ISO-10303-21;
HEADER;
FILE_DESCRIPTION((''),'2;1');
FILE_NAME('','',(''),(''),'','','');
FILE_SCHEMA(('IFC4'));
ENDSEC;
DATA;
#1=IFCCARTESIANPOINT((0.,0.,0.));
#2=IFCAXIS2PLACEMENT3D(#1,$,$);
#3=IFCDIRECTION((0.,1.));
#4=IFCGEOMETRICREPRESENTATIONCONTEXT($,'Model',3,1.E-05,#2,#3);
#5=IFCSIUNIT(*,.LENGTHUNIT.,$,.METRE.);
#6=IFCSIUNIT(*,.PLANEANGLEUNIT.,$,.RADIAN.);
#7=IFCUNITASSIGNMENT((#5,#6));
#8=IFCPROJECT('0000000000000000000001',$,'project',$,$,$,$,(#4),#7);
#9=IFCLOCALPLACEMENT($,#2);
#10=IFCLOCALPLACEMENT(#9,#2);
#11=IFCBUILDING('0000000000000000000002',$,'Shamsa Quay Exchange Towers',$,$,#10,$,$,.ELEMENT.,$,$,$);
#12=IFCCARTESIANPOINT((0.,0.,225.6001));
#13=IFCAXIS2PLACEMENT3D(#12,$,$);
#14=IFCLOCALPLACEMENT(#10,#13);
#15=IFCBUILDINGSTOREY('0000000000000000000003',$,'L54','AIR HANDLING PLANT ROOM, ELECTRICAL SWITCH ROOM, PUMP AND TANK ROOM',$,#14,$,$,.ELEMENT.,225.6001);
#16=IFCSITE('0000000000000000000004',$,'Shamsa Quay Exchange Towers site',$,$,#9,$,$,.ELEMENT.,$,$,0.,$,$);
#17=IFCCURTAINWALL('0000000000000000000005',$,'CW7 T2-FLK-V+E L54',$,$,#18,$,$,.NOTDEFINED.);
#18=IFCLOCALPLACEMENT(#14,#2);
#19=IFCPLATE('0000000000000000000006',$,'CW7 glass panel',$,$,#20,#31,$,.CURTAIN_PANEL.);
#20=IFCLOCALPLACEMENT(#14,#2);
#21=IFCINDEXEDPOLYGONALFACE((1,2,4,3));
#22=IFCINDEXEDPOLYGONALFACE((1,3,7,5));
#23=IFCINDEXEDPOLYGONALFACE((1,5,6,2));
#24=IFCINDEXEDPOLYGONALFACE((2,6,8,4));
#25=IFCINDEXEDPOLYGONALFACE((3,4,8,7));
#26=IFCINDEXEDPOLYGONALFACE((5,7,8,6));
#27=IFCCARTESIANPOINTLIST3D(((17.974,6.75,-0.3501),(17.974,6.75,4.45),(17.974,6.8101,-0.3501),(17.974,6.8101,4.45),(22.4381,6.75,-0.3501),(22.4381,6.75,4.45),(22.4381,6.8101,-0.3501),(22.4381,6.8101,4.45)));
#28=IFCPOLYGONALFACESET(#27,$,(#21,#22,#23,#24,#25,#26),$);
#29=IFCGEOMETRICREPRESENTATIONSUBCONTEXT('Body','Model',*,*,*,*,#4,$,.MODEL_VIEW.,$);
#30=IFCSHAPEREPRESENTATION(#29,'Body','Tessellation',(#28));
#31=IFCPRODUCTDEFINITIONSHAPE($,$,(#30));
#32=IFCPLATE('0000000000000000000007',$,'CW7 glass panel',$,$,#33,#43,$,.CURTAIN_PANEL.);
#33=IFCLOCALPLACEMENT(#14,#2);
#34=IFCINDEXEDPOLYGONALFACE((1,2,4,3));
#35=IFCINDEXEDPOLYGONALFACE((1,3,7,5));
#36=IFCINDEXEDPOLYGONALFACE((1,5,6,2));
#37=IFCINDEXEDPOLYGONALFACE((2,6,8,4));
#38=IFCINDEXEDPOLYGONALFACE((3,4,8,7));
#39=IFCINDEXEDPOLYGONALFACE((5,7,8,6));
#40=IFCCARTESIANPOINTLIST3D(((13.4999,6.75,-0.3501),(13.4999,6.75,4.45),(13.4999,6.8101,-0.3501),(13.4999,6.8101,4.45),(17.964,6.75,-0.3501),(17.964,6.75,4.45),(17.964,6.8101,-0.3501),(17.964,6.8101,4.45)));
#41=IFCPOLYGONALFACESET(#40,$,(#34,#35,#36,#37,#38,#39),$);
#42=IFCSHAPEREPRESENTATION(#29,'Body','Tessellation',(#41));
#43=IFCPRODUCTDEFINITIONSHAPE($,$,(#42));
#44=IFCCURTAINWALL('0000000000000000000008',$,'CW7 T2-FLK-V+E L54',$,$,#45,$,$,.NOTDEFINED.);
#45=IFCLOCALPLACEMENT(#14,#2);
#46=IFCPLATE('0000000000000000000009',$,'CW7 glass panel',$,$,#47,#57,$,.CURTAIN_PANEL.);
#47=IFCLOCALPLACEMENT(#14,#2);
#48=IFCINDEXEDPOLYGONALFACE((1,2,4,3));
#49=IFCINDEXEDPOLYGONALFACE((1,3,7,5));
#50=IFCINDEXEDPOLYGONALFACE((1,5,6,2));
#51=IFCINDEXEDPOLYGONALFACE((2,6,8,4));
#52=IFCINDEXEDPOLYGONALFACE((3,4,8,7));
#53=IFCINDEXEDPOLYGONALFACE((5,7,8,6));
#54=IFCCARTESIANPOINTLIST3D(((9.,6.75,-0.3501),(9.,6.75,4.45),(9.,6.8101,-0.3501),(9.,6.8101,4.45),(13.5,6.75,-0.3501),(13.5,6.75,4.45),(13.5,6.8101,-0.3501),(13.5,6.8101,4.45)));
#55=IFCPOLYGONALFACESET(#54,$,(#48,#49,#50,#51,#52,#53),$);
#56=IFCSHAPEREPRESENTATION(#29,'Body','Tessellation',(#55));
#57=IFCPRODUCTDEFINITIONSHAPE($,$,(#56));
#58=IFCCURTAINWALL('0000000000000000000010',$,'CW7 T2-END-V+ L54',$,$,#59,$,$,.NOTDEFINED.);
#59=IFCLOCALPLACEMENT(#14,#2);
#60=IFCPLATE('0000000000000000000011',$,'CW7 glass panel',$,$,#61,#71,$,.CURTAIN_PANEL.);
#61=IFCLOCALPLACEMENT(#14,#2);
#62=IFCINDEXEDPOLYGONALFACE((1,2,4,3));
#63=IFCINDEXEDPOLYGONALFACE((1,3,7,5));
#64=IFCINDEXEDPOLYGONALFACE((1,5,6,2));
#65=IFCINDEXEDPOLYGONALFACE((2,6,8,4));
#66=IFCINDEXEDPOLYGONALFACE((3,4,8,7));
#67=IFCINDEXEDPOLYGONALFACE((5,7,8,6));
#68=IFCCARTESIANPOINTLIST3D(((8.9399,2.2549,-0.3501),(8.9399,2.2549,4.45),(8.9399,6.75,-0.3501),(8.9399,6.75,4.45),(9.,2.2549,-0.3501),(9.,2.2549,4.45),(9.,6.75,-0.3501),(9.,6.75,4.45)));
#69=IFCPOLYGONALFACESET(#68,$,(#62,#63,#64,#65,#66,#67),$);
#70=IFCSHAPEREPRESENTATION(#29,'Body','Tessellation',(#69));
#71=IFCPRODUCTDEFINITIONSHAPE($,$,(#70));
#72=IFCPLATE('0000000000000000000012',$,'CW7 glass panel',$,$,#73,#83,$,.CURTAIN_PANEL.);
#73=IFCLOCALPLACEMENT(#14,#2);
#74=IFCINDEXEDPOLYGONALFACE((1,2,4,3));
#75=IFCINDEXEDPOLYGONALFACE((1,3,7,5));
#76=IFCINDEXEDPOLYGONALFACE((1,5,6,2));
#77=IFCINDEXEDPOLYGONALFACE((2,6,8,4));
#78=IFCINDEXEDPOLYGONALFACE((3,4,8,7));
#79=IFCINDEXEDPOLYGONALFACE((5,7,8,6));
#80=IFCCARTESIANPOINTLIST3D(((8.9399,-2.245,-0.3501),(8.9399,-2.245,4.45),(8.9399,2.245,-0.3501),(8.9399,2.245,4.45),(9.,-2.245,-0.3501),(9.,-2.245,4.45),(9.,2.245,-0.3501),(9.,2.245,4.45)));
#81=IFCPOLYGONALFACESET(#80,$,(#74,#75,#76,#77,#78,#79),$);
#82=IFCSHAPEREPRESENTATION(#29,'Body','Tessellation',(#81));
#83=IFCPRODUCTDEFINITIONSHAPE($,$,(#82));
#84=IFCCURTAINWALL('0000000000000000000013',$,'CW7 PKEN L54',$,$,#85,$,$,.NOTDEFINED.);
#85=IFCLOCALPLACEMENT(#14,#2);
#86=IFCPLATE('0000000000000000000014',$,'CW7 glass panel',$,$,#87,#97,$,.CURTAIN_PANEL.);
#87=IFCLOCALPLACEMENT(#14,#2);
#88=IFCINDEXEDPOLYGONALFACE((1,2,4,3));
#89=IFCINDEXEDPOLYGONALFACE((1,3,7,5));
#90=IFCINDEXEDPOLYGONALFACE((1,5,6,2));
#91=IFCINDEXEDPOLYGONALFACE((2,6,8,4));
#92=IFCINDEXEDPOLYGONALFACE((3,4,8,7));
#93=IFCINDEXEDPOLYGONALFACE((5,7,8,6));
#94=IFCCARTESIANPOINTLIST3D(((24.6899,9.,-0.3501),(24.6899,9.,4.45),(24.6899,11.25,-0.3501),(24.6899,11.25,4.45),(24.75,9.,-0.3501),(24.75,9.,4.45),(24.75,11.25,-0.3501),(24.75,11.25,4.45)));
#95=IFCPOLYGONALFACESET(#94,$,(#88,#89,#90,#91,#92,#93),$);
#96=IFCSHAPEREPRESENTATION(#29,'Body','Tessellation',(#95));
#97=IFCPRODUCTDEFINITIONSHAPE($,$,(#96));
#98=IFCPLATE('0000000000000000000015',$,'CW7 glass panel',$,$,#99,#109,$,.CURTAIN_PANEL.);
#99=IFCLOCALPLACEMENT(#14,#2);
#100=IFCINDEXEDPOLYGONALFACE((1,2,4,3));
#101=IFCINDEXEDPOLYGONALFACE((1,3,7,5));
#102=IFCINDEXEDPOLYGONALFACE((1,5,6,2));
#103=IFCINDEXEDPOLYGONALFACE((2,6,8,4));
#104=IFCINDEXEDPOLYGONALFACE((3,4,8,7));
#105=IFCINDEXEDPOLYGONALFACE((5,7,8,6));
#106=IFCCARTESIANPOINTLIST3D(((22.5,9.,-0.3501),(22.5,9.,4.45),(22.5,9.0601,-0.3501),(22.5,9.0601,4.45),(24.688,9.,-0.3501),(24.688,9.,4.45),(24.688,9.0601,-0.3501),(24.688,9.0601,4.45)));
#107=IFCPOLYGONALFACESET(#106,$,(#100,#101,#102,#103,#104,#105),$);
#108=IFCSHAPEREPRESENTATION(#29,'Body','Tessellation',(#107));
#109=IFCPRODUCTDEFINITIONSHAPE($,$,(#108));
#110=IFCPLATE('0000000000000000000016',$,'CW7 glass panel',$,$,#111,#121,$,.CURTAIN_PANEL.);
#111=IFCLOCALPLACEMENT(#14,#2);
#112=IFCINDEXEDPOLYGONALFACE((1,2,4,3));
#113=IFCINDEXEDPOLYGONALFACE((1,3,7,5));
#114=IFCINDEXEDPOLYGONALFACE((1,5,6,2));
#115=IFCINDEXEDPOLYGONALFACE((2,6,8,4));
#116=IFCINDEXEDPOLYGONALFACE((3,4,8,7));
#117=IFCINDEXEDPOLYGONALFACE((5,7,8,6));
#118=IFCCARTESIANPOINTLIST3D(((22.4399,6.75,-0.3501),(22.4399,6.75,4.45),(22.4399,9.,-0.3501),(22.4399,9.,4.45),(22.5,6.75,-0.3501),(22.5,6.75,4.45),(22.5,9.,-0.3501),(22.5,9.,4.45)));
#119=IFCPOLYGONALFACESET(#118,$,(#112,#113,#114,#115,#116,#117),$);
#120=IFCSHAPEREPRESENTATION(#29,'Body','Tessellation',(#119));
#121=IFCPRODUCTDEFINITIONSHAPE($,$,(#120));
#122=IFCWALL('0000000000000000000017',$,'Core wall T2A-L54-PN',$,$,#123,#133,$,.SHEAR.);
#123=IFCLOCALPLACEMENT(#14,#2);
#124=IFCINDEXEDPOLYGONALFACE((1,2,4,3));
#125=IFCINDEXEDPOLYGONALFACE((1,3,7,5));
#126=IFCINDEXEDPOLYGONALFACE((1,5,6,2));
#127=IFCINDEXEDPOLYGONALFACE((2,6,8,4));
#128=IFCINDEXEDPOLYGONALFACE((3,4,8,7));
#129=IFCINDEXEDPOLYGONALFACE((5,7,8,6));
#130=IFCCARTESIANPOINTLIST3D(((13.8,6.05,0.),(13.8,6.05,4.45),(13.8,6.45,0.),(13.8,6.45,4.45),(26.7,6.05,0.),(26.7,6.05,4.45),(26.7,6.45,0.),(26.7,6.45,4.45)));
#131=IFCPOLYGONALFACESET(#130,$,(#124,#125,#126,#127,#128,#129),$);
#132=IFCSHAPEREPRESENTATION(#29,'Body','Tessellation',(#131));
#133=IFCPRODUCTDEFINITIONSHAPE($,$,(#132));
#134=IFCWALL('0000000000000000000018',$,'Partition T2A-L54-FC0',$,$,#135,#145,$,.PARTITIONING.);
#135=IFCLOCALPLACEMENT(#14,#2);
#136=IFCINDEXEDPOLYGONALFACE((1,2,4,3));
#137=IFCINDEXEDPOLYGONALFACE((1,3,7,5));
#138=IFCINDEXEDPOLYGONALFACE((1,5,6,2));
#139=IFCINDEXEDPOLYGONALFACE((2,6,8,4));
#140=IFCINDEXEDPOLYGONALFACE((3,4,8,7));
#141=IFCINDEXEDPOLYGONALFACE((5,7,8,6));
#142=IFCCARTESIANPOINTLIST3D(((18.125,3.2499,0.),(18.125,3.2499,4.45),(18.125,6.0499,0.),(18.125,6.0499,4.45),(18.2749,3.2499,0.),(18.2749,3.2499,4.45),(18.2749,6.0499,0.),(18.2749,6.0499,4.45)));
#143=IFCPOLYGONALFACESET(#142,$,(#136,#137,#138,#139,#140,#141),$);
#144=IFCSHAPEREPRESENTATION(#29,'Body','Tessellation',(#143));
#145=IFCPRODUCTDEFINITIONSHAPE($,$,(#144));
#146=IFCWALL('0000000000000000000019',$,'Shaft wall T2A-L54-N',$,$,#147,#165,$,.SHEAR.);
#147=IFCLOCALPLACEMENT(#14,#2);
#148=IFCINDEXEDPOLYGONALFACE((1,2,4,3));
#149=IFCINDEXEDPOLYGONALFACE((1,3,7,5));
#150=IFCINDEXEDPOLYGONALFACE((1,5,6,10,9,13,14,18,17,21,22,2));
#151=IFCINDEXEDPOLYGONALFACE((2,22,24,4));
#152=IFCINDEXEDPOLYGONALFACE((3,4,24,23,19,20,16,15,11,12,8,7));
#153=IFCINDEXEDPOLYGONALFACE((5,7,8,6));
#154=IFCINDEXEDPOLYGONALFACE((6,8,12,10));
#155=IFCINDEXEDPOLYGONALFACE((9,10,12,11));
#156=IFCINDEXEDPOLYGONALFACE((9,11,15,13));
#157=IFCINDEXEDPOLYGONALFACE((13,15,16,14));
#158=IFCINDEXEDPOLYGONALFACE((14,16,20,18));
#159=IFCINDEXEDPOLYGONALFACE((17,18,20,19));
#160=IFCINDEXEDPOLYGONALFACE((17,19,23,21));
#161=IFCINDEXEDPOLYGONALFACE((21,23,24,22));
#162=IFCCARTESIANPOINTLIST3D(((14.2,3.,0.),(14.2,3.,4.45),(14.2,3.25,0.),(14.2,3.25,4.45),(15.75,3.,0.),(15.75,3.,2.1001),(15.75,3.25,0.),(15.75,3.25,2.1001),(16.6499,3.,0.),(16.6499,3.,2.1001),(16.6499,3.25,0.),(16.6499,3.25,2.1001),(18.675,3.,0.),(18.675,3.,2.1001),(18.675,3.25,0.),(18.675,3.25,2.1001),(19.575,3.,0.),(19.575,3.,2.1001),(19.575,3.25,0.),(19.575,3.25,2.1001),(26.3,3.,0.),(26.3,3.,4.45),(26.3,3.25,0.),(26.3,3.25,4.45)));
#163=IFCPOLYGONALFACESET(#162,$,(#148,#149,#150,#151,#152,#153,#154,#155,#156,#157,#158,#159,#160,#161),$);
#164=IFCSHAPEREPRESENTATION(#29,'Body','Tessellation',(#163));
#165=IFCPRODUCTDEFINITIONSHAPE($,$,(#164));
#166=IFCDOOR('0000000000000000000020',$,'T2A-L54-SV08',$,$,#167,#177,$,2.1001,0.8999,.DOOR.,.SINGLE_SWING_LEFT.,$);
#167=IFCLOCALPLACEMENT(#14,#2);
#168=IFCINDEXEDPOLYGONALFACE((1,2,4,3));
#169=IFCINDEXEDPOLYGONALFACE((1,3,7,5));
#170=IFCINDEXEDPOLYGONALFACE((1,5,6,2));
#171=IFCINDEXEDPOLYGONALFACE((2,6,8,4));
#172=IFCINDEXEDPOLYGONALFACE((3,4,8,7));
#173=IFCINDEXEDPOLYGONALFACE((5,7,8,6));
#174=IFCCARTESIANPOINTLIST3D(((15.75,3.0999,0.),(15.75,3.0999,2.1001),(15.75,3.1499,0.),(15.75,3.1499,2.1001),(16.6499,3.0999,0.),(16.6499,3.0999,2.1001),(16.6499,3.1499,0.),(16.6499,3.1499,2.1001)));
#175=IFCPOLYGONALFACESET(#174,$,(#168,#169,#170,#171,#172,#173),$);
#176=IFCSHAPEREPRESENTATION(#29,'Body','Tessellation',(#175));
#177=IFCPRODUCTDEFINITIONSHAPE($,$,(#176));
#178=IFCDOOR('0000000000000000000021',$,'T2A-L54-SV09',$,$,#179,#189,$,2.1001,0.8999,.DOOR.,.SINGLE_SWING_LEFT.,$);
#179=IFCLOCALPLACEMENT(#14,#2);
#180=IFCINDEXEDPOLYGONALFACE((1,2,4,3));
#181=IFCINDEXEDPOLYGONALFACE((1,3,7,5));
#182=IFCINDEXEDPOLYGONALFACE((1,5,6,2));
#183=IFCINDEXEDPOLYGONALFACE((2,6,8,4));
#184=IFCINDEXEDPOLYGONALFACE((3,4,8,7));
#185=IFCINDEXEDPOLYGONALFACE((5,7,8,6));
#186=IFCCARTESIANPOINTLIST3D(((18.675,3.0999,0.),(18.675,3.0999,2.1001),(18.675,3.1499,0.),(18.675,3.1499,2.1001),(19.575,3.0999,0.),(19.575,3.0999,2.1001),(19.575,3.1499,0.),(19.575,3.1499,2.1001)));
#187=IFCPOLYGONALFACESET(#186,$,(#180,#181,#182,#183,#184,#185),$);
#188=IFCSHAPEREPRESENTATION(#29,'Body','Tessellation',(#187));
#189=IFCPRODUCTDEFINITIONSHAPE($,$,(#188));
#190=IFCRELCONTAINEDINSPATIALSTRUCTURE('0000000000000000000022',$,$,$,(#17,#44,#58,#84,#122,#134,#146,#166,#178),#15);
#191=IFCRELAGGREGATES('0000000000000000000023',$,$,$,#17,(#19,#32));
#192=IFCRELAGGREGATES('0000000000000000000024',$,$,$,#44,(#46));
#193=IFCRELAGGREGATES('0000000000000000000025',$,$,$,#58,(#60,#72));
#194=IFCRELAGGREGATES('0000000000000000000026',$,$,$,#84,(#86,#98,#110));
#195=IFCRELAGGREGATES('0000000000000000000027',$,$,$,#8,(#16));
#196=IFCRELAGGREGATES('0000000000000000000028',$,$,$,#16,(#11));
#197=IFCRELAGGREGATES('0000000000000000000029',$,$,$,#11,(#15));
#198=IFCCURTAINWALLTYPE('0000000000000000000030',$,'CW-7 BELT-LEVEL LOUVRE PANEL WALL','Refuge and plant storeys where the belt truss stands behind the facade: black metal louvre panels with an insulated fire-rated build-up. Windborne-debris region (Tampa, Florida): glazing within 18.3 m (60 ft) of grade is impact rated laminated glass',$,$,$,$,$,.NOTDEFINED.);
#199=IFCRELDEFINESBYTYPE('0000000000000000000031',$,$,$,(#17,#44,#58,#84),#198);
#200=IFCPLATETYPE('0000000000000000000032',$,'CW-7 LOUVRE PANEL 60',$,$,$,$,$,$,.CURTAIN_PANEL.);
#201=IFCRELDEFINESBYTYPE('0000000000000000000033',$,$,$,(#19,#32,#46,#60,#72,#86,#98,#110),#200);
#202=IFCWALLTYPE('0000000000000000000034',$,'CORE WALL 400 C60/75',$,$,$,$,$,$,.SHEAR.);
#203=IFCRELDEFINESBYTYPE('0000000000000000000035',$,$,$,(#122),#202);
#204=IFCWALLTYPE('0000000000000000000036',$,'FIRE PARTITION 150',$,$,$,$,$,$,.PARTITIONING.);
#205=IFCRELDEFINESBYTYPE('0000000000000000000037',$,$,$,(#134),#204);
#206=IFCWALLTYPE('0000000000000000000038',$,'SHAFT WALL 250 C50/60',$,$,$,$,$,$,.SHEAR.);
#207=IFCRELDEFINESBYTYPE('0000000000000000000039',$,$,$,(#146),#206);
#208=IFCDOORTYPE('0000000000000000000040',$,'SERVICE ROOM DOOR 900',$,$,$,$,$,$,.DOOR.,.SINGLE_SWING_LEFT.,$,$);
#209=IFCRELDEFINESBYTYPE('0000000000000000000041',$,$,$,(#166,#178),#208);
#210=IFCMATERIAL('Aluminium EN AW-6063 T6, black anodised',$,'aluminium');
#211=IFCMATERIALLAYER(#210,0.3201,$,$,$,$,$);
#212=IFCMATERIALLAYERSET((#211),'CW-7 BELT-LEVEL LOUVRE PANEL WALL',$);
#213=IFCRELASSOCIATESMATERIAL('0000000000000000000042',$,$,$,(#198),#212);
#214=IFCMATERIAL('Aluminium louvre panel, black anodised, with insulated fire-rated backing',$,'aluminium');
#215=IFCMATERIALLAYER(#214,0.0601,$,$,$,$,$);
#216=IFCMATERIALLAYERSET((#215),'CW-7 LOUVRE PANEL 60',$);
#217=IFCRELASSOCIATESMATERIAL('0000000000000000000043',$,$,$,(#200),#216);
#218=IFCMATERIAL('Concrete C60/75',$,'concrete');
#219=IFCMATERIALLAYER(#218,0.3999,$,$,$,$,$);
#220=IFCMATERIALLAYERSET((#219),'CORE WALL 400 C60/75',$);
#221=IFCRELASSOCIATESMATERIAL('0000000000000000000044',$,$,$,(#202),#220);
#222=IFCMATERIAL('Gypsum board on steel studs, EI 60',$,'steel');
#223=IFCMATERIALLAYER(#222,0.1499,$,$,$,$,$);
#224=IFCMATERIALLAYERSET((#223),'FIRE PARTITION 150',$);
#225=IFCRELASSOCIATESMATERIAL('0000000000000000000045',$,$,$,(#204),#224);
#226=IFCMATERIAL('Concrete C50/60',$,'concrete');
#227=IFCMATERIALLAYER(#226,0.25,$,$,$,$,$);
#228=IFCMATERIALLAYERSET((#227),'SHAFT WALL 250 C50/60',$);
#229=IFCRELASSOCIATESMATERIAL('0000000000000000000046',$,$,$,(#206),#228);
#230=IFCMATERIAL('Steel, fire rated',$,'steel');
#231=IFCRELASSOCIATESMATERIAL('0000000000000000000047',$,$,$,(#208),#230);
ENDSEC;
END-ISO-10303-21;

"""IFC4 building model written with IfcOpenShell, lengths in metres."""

from ifc_helpers import new_model, si_unit, direction, frame, frame_2d, origin, origin_2d, place, context, subcontext, project, spatial, rectangle, extrude, material, layer, layer_set, type_object, element, fill, aggregate, save


model = new_model("IFC4")

# Units and contexts
model_context = context("Model", 3, precision=1e-05, world=origin(), true_north=direction((0.0, 1.0)))
body_context = subcontext(model_context, "Body", "Model", "MODEL_VIEW")
ifc_project = project(units=[si_unit("LENGTHUNIT", "METRE"), si_unit("PLANEANGLEUNIT", "RADIAN")], contexts=[model_context])

# Site, building, storey
site_placement = place(None, origin())
site = spatial("IfcSite", under=ifc_project, at=site_placement, Name="Shamsa Quay Exchange Towers site", CompositionType="ELEMENT", RefElevation=0.0)
building_placement = place(site_placement, origin())
building = spatial("IfcBuilding", under=site, at=building_placement, Name="Shamsa Quay Exchange Towers", CompositionType="ELEMENT")
storey_placement = place(building_placement, frame((0.0, 0.0, 225.6001)))
storey = spatial("IfcBuildingStorey", under=building, at=storey_placement, Name="L54", Description="AIR HANDLING PLANT ROOM, ELECTRICAL SWITCH ROOM, PUMP AND TANK ROOM", CompositionType="ELEMENT", Elevation=225.6001)

# Curtain wall, plates
ifc_material_1 = material(Name="Aluminium EN AW-6063 T6, black anodised", Category="aluminium")
ifc_layer_1 = layer(ifc_material_1, 0.3201)
ifc_layer_set_1 = layer_set([ifc_layer_1], Name="CW-7 BELT-LEVEL LOUVRE PANEL WALL")
curtain_wall_type = type_object("IfcCurtainWallType", Name="CW-7 BELT-LEVEL LOUVRE PANEL WALL", Description="Refuge and plant storeys where the belt truss stands behind the facade: black metal louvre panels with an insulated fire-rated build-up. Windborne-debris region (Tampa, Florida): glazing within 18.3 m (60 ft) of grade is impact rated laminated glass", PredefinedType="NOTDEFINED", material=ifc_layer_set_1)
curtain_wall_1_placement = place(storey_placement, origin())
curtain_wall_1 = element("IfcCurtainWall", 1, at=curtain_wall_1_placement, inside=storey, type_object=curtain_wall_type, Name="CW7 T2-FLK-V+E L54", PredefinedType="NOTDEFINED")
ifc_material_2 = material(Name="Aluminium louvre panel, black anodised, with insulated fire-rated backing", Category="aluminium")
ifc_layer_2 = layer(ifc_material_2, 0.0601)
ifc_layer_set_2 = layer_set([ifc_layer_2], Name="CW-7 LOUVRE PANEL 60")
plate_type = type_object("IfcPlateType", Name="CW-7 LOUVRE PANEL 60", PredefinedType="CURTAIN_PANEL", material=ifc_layer_set_2)
plate_1_placement = place(storey_placement, frame((20.2061, 6.78, -0.3501), z_axis=(0.0, 0.0, 1.0), x_axis=(-1.0, 0.0, 0.0)))
plate_1 = element("IfcPlate", 2, at=plate_1_placement, type_object=plate_type, Name="CW7 glass panel", PredefinedType="CURTAIN_PANEL", context=body_context, shape_type="SweptSolid", body=[
    extrude(rectangle(XDim=4.4641, YDim=0.0601, at=origin_2d()), origin(), (0.0, 0.0, 1.0), 4.8),
])
plate_2_placement = place(storey_placement, frame((15.7319, 6.78, -0.3501), z_axis=(0.0, 0.0, 1.0), x_axis=(-1.0, 0.0, 0.0)))
plate_2 = element("IfcPlate", 3, at=plate_2_placement, type_object=plate_type, Name="CW7 glass panel", PredefinedType="CURTAIN_PANEL", context=body_context, shape_type="SweptSolid", body=[
    extrude(rectangle(XDim=4.4641, YDim=0.0601, at=origin_2d()), origin(), (0.0, 0.0, 1.0), 4.8),
])
aggregate(curtain_wall_1, [plate_1, plate_2])

# Curtain wall, plate
curtain_wall_2_placement = place(storey_placement, origin())
curtain_wall_2 = element("IfcCurtainWall", 4, at=curtain_wall_2_placement, inside=storey, type_object=curtain_wall_type, Name="CW7 T2-FLK-V+E L54", PredefinedType="NOTDEFINED")
plate_3_placement = place(storey_placement, frame((11.25, 6.78, -0.3501), z_axis=(0.0, 0.0, 1.0), x_axis=(-1.0, 0.0, 0.0)))
plate_3 = element("IfcPlate", 5, at=plate_3_placement, type_object=plate_type, Name="CW7 glass panel", PredefinedType="CURTAIN_PANEL", context=body_context, shape_type="SweptSolid", body=[
    extrude(rectangle(XDim=4.5, YDim=0.0601, at=origin_2d()), origin(), (0.0, 0.0, 1.0), 4.8),
])
aggregate(curtain_wall_2, [plate_3])

# Curtain walls, plates
curtain_wall_3_placement = place(storey_placement, origin())
curtain_wall_3 = element("IfcCurtainWall", 6, at=curtain_wall_3_placement, inside=storey, type_object=curtain_wall_type, Name="CW7 T2-END-V+ L54", PredefinedType="NOTDEFINED")
plate_4_placement = place(storey_placement, frame((8.97, 4.5024, -0.3501), z_axis=(0.0, 0.0, 1.0), x_axis=(0.0, -1.0, 0.0)))
plate_4 = element("IfcPlate", 7, at=plate_4_placement, type_object=plate_type, Name="CW7 glass panel", PredefinedType="CURTAIN_PANEL", context=body_context, shape_type="SweptSolid", body=[
    extrude(rectangle(XDim=4.4951, YDim=0.0601, at=origin_2d()), origin(), (0.0, 0.0, 1.0), 4.8),
])
plate_5_placement = place(storey_placement, frame((8.97, 0.0, -0.3501), z_axis=(0.0, 0.0, 1.0), x_axis=(0.0, -1.0, 0.0)))
plate_5 = element("IfcPlate", 8, at=plate_5_placement, type_object=plate_type, Name="CW7 glass panel", PredefinedType="CURTAIN_PANEL", context=body_context, shape_type="SweptSolid", body=[
    extrude(rectangle(XDim=4.49, YDim=0.0601, at=origin_2d()), origin(), (0.0, 0.0, 1.0), 4.8),
])
aggregate(curtain_wall_3, [plate_4, plate_5])
curtain_wall_4_placement = place(storey_placement, origin())
curtain_wall_4 = element("IfcCurtainWall", 9, at=curtain_wall_4_placement, inside=storey, type_object=curtain_wall_type, Name="CW7 PKEN L54", PredefinedType="NOTDEFINED")
plate_6_placement = place(storey_placement, frame((24.72, 10.125, -0.3501), z_axis=(0.0, 0.0, 1.0), x_axis=(0.0, -1.0, 0.0)))
plate_6 = element("IfcPlate", 10, at=plate_6_placement, type_object=plate_type, Name="CW7 glass panel", PredefinedType="CURTAIN_PANEL", context=body_context, shape_type="SweptSolid", body=[
    extrude(rectangle(XDim=2.25, YDim=0.0601, at=origin_2d()), origin(), (0.0, 0.0, 1.0), 4.8),
])
plate_7_placement = place(storey_placement, frame((23.594, 9.03, -0.3501), z_axis=(0.0, 0.0, 1.0), x_axis=(-1.0, 0.0, 0.0)))
plate_7 = element("IfcPlate", 11, at=plate_7_placement, type_object=plate_type, Name="CW7 glass panel", PredefinedType="CURTAIN_PANEL", context=body_context, shape_type="SweptSolid", body=[
    extrude(rectangle(XDim=2.188, YDim=0.0601, at=origin_2d()), origin(), (0.0, 0.0, 1.0), 4.8),
])
plate_8_placement = place(storey_placement, frame((22.47, 7.875, -0.3501), z_axis=(0.0, 0.0, 1.0), x_axis=(0.0, -1.0, 0.0)))
plate_8 = element("IfcPlate", 12, at=plate_8_placement, type_object=plate_type, Name="CW7 glass panel", PredefinedType="CURTAIN_PANEL", context=body_context, shape_type="SweptSolid", body=[
    extrude(rectangle(XDim=2.25, YDim=0.0601, at=origin_2d()), origin(), (0.0, 0.0, 1.0), 4.8),
])
aggregate(curtain_wall_4, [plate_6, plate_7, plate_8])

# Wall
ifc_material_3 = material(Name="Concrete C60/75", Category="concrete")
ifc_layer_3 = layer(ifc_material_3, 0.3999)
ifc_layer_set_3 = layer_set([ifc_layer_3], Name="CORE WALL 400 C60/75")
wall_type_1 = type_object("IfcWallType", Name="CORE WALL 400 C60/75", PredefinedType="SHEAR", material=ifc_layer_set_3)
wall_1_placement = place(storey_placement, frame((13.8, 6.25, 0.0)))
element("IfcWall", 13, at=wall_1_placement, inside=storey, type_object=wall_type_1, Name="Core wall T2A-L54-PN", PredefinedType="SHEAR", context=body_context, shape_type="SweptSolid", body=[
    extrude(rectangle(XDim=12.8999, YDim=0.3999, at=frame_2d((6.45, 0.0))), origin(), (0.0, 0.0, 1.0), 4.45),
])

# Shared definitions
ifc_material_4 = material(Name="Steel, fire rated", Category="steel")

# Wall
ifc_material_5 = material(Name="Gypsum board on steel studs, EI 60", Category="steel")
ifc_layer_4 = layer(ifc_material_5, 0.1499)
ifc_layer_set_4 = layer_set([ifc_layer_4], Name="FIRE PARTITION 150")
wall_type_2 = type_object("IfcWallType", Name="FIRE PARTITION 150", PredefinedType="PARTITIONING", material=ifc_layer_set_4)
wall_2_placement = place(storey_placement, frame((18.2, 3.25, 0.0), z_axis=(0.0, 0.0, 1.0), x_axis=(0.0, 1.0, 0.0)))
element("IfcWall", 14, at=wall_2_placement, inside=storey, type_object=wall_type_2, Name="Partition T2A-L54-FC0", PredefinedType="PARTITIONING", context=body_context, shape_type="SweptSolid", body=[
    extrude(rectangle(XDim=2.8, YDim=0.1499, at=frame_2d((1.3999, 0.0))), origin(), (0.0, 0.0, 1.0), 4.45),
])

# Wall, openings, doors
ifc_material_6 = material(Name="Concrete C50/60", Category="concrete")
ifc_layer_5 = layer(ifc_material_6, 0.25)
ifc_layer_set_5 = layer_set([ifc_layer_5], Name="SHAFT WALL 250 C50/60")
wall_type_3 = type_object("IfcWallType", Name="SHAFT WALL 250 C50/60", PredefinedType="SHEAR", material=ifc_layer_set_5)
wall_3_placement = place(storey_placement, frame((14.2, 3.125, 0.0)))
wall_3 = element("IfcWall", 15, at=wall_3_placement, inside=storey, type_object=wall_type_3, Name="Shaft wall T2A-L54-N", PredefinedType="SHEAR", context=body_context, shape_type="SweptSolid", body=[
    extrude(rectangle(XDim=12.1001, YDim=0.25, at=frame_2d((6.05, 0.0))), origin(), (0.0, 0.0, 1.0), 4.45),
])
opening_1_placement = place(wall_3_placement, frame((1.55, 0.0, 0.0)))
opening_1 = element("IfcOpeningElement", 16, at=opening_1_placement, cuts=wall_3, PredefinedType="OPENING", context=body_context, shape_type="SweptSolid", body=[
    extrude(rectangle(XDim=0.8999, YDim=2.1001, at=frame_2d((0.45, 1.05))), frame((0.0, 0.135, 0.0), z_axis=(0.0, -1.0, 0.0), x_axis=(1.0, 0.0, 0.0)), (0.0, 0.0, 1.0), 0.27),
])
opening_2_placement = place(wall_3_placement, frame((4.4751, 0.0, 0.0)))
opening_2 = element("IfcOpeningElement", 17, at=opening_2_placement, cuts=wall_3, PredefinedType="OPENING", context=body_context, shape_type="SweptSolid", body=[
    extrude(rectangle(XDim=0.8999, YDim=2.1001, at=frame_2d((0.45, 1.05))), frame((0.0, 0.135, 0.0), z_axis=(0.0, -1.0, 0.0), x_axis=(1.0, 0.0, 0.0)), (0.0, 0.0, 1.0), 0.27),
])
door_type_1 = type_object("IfcDoorType", Name="SERVICE ROOM DOOR 900", OperationType="SINGLE_SWING_LEFT", PredefinedType="DOOR", material=ifc_material_4)
door_1_placement = place(opening_1_placement, origin())
door_1 = element("IfcDoor", 18, at=door_1_placement, inside=storey, type_object=door_type_1, Name="T2A-L54-SV08", OperationType="SINGLE_SWING_LEFT", OverallHeight=2.1001, OverallWidth=0.8999, PredefinedType="DOOR", context=body_context, shape_type="SweptSolid", body=[
    extrude(rectangle(XDim=0.8999, YDim=2.1001, at=frame_2d((0.45, 1.05))), frame((0.0, 0.0249, 0.0), z_axis=(0.0, -1.0, 0.0), x_axis=(1.0, 0.0, 0.0)), (0.0, 0.0, 1.0), 0.05),
])
fill(opening_1, door_1)
door_2_placement = place(opening_2_placement, origin())
door_2 = element("IfcDoor", 19, at=door_2_placement, inside=storey, type_object=door_type_1, Name="T2A-L54-SV09", OperationType="SINGLE_SWING_LEFT", OverallHeight=2.1001, OverallWidth=0.8999, PredefinedType="DOOR", context=body_context, shape_type="SweptSolid", body=[
    extrude(rectangle(XDim=0.8999, YDim=2.1001, at=frame_2d((0.45, 1.05))), frame((0.0, 0.0249, 0.0), z_axis=(0.0, -1.0, 0.0), x_axis=(1.0, 0.0, 0.0)), (0.0, 0.0, 1.0), 0.05),
])
fill(opening_2, door_2)

save(model, "model.ifc")
